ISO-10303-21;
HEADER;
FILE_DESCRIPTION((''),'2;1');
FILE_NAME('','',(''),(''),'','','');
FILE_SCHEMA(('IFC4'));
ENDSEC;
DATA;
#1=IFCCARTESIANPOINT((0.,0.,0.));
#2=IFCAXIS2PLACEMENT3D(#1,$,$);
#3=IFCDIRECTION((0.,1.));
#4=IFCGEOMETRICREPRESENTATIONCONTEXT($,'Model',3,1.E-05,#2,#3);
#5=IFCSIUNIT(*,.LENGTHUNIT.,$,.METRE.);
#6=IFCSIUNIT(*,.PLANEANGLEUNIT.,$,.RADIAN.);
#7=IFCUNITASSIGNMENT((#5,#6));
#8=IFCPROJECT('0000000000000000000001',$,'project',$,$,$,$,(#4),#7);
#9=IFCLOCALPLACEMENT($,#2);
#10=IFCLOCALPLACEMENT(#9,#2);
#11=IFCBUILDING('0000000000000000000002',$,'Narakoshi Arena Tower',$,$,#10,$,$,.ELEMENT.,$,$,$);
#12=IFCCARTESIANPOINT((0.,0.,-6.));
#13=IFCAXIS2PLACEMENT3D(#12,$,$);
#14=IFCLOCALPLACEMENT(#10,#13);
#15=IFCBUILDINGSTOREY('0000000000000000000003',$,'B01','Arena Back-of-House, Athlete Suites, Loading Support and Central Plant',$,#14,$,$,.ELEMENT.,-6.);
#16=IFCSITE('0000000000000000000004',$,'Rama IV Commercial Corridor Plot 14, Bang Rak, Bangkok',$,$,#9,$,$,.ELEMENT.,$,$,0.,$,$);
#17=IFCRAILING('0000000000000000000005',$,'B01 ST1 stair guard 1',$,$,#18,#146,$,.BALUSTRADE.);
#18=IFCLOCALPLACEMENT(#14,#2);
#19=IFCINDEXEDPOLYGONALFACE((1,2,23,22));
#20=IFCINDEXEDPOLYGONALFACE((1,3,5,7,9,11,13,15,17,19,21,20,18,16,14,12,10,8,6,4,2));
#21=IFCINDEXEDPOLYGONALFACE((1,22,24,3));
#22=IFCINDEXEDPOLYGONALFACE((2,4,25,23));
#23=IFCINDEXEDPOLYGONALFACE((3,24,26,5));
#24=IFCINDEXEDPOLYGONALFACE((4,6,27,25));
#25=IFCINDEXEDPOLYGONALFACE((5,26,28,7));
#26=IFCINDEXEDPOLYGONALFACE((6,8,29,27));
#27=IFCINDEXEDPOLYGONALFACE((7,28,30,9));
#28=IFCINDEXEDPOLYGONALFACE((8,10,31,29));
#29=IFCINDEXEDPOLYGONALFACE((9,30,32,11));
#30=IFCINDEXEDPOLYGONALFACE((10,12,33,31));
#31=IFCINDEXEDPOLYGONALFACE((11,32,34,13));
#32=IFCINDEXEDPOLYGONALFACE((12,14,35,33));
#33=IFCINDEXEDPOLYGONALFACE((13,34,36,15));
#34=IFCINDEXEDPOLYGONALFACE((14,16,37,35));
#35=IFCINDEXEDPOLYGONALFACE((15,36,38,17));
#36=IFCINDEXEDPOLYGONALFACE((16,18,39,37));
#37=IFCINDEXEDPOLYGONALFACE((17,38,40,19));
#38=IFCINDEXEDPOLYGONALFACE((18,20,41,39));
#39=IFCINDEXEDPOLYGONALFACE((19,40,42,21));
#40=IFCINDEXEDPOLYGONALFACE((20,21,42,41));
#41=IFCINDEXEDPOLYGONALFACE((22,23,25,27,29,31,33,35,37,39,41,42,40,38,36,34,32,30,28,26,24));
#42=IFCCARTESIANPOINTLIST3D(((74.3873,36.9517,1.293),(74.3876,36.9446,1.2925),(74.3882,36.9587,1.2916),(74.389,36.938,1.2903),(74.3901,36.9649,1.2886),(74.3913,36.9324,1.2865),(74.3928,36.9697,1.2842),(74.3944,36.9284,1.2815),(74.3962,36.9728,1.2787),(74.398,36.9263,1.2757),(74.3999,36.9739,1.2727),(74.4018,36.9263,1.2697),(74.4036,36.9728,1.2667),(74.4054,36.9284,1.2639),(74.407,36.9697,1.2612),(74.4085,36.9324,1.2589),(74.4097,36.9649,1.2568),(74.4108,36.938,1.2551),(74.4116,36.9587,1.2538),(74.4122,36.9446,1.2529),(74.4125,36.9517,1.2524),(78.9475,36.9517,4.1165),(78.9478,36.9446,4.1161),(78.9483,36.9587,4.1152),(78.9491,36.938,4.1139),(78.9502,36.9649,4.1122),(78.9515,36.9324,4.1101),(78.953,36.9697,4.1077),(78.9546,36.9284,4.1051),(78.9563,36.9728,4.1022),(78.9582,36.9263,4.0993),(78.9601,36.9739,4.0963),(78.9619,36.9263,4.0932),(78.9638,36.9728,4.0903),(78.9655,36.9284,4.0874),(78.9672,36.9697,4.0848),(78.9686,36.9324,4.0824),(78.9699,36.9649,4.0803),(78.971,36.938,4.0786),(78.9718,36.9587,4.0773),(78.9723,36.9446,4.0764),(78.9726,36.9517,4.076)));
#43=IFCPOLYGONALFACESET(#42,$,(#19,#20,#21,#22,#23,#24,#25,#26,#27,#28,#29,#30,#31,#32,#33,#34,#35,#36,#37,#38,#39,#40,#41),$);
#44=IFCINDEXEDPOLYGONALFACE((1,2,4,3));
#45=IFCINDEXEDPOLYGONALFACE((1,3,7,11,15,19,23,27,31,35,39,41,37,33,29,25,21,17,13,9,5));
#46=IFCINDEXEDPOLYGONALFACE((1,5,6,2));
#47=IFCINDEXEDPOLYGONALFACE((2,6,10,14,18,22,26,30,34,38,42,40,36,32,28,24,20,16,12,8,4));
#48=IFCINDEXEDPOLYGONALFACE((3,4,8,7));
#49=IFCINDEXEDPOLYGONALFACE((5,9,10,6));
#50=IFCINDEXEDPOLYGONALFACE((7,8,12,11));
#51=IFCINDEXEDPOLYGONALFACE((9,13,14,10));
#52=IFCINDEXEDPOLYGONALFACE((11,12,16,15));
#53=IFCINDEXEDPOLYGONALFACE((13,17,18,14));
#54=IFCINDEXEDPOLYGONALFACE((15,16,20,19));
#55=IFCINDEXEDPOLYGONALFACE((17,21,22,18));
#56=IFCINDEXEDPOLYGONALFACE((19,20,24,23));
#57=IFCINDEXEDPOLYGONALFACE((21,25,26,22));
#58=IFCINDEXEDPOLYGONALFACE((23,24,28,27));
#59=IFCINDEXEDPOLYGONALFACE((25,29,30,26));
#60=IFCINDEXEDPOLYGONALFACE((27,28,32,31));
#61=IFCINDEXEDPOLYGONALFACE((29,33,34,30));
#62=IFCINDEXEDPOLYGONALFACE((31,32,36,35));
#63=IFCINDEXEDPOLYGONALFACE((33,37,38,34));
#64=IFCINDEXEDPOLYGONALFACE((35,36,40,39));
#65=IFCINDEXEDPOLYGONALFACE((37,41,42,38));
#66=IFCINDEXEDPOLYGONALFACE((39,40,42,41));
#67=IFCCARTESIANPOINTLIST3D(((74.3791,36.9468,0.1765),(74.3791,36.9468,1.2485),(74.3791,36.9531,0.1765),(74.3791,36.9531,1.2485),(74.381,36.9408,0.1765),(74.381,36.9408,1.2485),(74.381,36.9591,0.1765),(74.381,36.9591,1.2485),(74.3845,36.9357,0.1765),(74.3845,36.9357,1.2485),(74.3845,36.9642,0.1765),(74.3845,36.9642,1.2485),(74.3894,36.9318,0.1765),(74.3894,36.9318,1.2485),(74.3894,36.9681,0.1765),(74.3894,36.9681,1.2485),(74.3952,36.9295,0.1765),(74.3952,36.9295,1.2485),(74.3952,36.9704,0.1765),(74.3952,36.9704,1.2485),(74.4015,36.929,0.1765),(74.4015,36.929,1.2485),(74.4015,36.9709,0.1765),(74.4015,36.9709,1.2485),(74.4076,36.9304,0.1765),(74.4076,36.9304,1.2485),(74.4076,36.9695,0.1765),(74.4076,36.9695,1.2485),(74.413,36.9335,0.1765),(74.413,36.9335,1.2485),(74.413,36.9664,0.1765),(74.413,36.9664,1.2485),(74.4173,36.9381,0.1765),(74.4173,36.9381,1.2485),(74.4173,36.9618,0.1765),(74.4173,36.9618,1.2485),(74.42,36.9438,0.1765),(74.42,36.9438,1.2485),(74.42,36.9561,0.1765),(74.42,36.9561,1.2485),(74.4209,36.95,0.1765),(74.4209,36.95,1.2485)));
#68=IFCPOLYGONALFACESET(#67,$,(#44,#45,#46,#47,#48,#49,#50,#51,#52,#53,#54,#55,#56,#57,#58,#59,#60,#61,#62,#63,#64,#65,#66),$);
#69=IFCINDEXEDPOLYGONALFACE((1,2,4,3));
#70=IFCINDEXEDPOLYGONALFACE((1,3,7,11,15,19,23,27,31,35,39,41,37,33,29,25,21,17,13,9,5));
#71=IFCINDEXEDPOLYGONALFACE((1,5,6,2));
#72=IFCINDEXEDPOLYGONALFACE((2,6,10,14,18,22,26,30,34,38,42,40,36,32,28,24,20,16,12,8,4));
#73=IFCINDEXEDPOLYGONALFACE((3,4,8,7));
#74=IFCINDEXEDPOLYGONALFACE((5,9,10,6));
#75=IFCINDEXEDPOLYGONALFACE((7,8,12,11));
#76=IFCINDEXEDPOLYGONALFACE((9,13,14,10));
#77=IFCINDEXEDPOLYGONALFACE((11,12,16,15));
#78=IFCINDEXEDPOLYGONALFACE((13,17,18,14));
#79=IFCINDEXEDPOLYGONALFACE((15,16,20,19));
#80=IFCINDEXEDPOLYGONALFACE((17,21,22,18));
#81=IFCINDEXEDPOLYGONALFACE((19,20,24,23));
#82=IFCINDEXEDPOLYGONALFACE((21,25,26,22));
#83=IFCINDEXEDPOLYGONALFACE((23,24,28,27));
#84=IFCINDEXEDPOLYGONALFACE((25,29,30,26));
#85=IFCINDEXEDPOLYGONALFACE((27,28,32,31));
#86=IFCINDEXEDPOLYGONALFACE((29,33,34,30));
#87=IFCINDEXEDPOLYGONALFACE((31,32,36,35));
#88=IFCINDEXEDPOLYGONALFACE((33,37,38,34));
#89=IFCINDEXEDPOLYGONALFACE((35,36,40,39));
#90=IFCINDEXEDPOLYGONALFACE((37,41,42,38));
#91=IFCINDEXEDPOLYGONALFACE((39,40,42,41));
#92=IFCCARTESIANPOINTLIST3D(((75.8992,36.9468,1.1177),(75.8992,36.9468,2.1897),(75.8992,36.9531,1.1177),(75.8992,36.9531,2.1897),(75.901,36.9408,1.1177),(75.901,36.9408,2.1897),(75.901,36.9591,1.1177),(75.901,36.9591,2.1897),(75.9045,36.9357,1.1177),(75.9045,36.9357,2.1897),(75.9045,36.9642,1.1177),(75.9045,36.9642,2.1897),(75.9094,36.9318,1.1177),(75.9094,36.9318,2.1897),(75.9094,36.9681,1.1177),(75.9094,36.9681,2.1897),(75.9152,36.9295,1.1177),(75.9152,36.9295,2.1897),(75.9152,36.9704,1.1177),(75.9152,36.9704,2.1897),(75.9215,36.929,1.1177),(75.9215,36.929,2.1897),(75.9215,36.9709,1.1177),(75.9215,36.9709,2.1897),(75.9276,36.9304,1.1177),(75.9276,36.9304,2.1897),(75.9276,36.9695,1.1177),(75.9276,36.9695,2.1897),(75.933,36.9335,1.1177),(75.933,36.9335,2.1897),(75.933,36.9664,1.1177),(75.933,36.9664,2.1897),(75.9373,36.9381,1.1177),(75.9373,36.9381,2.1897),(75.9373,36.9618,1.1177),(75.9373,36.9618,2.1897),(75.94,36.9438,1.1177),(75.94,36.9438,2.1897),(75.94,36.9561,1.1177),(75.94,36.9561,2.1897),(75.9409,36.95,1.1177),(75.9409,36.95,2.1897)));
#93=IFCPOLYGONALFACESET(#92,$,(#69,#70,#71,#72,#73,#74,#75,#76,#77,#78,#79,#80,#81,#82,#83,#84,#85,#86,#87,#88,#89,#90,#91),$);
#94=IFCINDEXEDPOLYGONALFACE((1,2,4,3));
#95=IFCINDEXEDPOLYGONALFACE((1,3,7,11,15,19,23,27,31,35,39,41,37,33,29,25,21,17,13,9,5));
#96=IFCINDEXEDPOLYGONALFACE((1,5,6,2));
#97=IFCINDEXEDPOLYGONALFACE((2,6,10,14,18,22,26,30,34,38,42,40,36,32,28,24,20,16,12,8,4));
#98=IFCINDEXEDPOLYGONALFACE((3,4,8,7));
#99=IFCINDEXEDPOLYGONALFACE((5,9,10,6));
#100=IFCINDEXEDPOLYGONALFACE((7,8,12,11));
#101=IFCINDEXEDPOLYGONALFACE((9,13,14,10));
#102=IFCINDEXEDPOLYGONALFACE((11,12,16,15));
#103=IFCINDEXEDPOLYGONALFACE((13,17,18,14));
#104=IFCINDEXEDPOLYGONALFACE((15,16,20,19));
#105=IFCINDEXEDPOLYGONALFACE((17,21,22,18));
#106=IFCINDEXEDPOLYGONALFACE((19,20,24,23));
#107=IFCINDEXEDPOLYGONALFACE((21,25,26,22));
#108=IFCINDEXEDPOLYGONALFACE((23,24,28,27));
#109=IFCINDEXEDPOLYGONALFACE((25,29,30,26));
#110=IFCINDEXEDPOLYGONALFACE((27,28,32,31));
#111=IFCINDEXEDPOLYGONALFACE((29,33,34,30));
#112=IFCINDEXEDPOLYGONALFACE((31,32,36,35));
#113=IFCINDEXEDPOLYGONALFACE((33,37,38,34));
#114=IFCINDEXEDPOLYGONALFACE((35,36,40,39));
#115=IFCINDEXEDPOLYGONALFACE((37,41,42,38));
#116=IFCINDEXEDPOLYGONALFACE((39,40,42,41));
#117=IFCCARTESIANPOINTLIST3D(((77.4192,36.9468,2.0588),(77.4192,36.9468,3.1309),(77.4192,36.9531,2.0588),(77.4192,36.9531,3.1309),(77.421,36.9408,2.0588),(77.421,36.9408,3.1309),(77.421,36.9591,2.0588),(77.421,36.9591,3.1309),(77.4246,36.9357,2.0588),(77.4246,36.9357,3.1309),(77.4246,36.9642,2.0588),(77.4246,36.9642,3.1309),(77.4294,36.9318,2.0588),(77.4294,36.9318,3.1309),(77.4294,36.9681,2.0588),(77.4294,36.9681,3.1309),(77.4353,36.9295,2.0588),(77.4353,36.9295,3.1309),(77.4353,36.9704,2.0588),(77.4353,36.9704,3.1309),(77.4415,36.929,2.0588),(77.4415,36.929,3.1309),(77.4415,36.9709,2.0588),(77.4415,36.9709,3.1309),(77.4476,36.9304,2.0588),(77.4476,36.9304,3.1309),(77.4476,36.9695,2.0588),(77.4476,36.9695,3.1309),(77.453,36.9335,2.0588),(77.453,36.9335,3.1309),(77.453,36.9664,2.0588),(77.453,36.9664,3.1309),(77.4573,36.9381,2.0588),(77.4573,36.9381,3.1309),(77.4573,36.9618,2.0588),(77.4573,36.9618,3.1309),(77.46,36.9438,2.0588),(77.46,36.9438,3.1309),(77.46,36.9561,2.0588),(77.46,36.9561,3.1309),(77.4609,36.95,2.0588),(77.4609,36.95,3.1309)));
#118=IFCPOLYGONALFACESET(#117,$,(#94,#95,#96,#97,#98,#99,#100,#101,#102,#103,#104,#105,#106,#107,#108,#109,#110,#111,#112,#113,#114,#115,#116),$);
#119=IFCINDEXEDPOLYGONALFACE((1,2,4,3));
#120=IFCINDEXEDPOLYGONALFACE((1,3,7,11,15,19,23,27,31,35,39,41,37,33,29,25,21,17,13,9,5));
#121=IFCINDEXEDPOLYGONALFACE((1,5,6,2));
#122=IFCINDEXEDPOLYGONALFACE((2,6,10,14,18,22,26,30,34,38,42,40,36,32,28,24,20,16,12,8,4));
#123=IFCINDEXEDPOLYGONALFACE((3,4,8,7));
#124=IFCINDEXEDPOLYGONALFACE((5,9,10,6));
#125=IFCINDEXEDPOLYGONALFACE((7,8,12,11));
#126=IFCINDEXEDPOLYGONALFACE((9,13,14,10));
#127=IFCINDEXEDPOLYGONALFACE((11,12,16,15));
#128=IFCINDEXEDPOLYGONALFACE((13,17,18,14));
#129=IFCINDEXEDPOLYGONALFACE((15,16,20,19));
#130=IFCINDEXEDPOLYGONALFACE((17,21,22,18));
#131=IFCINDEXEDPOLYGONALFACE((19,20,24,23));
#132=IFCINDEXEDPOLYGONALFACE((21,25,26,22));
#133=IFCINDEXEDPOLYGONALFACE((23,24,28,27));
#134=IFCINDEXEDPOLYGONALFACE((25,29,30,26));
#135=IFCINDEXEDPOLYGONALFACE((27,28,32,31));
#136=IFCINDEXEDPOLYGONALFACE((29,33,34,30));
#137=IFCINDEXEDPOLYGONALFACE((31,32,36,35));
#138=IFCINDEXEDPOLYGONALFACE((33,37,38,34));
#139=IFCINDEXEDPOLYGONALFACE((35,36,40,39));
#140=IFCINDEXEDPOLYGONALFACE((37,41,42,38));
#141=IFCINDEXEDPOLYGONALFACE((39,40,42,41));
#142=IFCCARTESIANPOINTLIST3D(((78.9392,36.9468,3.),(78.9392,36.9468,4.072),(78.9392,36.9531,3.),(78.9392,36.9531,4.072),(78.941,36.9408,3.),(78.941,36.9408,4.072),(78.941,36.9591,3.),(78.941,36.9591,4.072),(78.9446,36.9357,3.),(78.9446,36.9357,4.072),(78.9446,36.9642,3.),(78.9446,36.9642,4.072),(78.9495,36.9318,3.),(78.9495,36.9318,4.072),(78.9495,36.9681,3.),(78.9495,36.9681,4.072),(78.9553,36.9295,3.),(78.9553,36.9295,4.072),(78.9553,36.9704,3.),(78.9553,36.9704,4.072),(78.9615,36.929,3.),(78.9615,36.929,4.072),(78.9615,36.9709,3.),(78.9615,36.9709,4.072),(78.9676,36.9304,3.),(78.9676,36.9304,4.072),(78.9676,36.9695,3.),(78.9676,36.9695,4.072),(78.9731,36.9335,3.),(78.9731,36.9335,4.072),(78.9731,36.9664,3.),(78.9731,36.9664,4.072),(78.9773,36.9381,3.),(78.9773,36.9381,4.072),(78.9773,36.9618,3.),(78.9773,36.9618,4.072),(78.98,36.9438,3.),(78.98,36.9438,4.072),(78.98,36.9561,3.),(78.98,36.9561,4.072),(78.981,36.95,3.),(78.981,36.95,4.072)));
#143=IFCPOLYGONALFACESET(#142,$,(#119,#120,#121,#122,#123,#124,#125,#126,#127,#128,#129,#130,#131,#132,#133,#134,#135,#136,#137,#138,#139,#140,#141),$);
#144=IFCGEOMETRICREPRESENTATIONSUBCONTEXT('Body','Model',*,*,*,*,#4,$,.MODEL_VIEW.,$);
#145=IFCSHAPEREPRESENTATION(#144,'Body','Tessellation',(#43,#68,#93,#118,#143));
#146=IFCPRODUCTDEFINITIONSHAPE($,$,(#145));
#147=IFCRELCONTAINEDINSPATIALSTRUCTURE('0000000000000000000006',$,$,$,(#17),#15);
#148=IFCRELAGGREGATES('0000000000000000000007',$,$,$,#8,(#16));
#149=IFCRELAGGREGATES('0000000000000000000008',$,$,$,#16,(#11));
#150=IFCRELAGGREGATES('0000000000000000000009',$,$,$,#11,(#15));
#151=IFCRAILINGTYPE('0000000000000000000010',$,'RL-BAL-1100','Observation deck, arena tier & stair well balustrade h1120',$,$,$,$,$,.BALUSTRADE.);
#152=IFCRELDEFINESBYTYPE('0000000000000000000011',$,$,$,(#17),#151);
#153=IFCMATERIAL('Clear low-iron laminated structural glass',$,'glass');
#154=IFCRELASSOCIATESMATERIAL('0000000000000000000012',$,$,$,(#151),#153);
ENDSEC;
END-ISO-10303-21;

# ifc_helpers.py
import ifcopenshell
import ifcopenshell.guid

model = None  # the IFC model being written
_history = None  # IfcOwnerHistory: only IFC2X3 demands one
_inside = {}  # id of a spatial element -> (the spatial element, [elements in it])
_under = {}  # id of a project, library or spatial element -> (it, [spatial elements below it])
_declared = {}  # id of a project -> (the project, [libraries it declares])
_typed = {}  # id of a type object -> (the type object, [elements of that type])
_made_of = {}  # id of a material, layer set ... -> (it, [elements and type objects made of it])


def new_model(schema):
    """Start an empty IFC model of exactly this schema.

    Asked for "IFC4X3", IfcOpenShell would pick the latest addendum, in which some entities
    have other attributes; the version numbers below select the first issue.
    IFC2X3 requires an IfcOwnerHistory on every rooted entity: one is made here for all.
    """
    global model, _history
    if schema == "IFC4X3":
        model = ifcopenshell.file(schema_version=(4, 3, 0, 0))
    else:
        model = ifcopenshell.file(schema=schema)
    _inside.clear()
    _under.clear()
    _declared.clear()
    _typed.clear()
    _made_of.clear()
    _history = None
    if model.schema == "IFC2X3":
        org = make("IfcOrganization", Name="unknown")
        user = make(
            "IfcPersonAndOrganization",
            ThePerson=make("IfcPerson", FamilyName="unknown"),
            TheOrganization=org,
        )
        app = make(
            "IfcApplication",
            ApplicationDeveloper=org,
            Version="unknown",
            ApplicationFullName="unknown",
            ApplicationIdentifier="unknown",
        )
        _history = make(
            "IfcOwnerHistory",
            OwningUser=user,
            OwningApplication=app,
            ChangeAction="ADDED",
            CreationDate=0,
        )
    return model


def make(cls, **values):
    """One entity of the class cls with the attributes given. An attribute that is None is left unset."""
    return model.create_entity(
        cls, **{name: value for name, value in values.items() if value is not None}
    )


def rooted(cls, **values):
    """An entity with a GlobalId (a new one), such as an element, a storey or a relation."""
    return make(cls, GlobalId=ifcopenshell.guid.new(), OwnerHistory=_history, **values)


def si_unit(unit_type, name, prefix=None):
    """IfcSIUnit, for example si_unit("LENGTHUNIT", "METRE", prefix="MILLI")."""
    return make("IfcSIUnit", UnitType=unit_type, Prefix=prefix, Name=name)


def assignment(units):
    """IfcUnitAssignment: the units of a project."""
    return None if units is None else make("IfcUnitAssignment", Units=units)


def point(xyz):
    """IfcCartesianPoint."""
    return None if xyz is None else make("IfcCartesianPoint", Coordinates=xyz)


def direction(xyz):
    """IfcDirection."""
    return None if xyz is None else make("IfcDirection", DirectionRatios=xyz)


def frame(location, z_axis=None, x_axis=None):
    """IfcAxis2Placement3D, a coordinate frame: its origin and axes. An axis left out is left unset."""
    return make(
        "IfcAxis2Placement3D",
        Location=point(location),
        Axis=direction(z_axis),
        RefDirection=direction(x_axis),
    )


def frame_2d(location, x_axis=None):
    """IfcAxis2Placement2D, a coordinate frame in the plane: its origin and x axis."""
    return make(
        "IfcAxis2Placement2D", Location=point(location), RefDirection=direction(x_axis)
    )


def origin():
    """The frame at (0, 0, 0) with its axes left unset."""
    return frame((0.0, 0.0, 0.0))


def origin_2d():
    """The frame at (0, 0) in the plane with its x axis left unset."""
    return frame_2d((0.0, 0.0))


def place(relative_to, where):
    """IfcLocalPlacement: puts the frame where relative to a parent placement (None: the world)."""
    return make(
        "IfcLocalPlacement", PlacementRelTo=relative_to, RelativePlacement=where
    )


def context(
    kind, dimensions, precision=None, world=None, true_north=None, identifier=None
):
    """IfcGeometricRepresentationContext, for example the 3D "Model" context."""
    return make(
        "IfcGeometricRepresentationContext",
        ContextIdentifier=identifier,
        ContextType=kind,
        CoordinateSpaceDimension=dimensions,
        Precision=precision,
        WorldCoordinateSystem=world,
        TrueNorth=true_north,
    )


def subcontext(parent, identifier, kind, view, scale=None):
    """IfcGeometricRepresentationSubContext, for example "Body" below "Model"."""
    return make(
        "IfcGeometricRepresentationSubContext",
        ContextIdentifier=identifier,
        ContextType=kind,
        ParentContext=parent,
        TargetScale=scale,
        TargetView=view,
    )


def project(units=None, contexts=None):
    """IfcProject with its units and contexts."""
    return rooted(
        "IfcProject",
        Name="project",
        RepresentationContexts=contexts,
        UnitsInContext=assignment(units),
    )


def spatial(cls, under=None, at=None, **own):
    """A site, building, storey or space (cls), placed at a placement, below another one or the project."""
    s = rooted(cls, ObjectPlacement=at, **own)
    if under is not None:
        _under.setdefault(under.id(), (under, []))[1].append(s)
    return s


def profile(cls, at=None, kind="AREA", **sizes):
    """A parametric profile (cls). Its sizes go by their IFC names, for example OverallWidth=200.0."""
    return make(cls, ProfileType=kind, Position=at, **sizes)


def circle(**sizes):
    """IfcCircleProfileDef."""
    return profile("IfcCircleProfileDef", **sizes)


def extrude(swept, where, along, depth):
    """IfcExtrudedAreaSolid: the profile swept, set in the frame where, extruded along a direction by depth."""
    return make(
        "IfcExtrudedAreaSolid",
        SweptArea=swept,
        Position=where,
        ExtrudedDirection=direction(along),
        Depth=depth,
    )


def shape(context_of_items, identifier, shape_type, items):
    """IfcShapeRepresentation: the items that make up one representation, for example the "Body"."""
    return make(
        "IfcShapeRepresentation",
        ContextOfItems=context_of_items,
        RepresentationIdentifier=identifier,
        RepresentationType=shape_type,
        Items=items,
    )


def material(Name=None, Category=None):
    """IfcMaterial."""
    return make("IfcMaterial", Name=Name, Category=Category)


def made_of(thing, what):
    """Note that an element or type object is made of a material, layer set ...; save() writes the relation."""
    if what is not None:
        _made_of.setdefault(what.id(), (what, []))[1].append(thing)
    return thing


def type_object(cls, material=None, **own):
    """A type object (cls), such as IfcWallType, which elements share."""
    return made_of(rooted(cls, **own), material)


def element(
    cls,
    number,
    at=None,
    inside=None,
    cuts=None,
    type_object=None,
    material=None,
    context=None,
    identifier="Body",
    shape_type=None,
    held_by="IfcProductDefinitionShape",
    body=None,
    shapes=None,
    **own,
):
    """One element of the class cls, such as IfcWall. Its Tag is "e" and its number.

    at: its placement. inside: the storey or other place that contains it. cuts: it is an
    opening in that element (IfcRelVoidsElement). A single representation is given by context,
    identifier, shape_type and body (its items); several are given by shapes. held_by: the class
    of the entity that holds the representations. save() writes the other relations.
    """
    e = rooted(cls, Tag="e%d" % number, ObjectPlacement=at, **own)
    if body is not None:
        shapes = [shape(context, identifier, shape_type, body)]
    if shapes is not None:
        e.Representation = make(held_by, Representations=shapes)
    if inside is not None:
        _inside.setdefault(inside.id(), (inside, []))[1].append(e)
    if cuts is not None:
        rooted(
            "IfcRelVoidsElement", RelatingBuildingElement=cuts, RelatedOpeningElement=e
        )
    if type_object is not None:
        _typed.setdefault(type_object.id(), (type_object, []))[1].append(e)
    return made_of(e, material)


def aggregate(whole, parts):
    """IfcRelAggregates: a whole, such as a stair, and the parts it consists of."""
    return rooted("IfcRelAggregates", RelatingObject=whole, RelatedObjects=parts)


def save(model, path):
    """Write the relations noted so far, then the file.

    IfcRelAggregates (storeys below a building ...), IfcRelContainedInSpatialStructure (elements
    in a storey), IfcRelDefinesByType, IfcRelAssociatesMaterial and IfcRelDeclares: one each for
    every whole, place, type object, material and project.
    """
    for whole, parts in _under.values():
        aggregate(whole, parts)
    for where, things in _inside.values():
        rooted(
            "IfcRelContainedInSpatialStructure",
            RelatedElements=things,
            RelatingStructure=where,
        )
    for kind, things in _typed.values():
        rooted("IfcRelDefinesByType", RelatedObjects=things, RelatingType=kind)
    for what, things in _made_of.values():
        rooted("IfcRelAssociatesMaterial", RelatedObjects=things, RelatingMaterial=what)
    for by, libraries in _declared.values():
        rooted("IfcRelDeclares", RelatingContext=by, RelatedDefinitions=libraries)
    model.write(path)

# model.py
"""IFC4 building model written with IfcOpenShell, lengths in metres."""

from ifc_helpers import new_model, si_unit, direction, frame, origin, origin_2d, place, context, subcontext, project, spatial, circle, extrude, material, type_object, element, save


model = new_model("IFC4")

# Units and contexts
model_context = context("Model", 3, precision=1e-05, world=origin(), true_north=direction((0.0, 1.0)))
body_context = subcontext(model_context, "Body", "Model", "MODEL_VIEW")
ifc_project = project(units=[si_unit("LENGTHUNIT", "METRE"), si_unit("PLANEANGLEUNIT", "RADIAN")], contexts=[model_context])

# Site, building, storey
site_placement = place(None, origin())
site = spatial("IfcSite", under=ifc_project, at=site_placement, Name="Rama IV Commercial Corridor Plot 14, Bang Rak, Bangkok", CompositionType="ELEMENT", RefElevation=0.0)
building_placement = place(site_placement, origin())
building = spatial("IfcBuilding", under=site, at=building_placement, Name="Narakoshi Arena Tower", CompositionType="ELEMENT")
storey_placement = place(building_placement, frame((0.0, 0.0, -6.0)))
storey = spatial("IfcBuildingStorey", under=building, at=storey_placement, Name="B01", Description="Arena Back-of-House, Athlete Suites, Loading Support and Central Plant", CompositionType="ELEMENT", Elevation=-6.0)

# Railing
ifc_material_1 = material(Name="Clear low-iron laminated structural glass", Category="glass")
railing_type_1 = type_object("IfcRailingType", Name="RL-BAL-1100", Description="Observation deck, arena tier & stair well balustrade h1120", PredefinedType="BALUSTRADE", material=ifc_material_1)
railing_1_placement = place(storey_placement, frame((74.3999, 36.95, 0.1765)))
element("IfcRailing", 1, at=railing_1_placement, inside=storey, type_object=railing_type_1, Name="B01 ST1 stair guard 1", PredefinedType="BALUSTRADE", context=body_context, shape_type="SweptSolid", body=[
    extrude(circle(Radius=0.0239, at=origin_2d()), frame((0.0, 0.0, 1.0962), z_axis=(0.850216, 0.0, 0.526435), x_axis=(0.0, 1.0, 0.0)), (0.0, 0.0, 1.0), 5.3635),
    extrude(circle(Radius=0.021, at=origin_2d()), origin(), (0.0, 0.0, 1.0), 1.072),
    extrude(circle(Radius=0.021, at=origin_2d()), frame((1.52, 0.0, 0.9412)), (0.0, 0.0, 1.0), 1.072),
    extrude(circle(Radius=0.021, at=origin_2d()), frame((3.04, 0.0, 1.8823)), (0.0, 0.0, 1.0), 1.072),
    extrude(circle(Radius=0.021, at=origin_2d()), frame((4.5601, 0.0, 2.8235)), (0.0, 0.0, 1.0), 1.072),
])

save(model, "model.ifc")
